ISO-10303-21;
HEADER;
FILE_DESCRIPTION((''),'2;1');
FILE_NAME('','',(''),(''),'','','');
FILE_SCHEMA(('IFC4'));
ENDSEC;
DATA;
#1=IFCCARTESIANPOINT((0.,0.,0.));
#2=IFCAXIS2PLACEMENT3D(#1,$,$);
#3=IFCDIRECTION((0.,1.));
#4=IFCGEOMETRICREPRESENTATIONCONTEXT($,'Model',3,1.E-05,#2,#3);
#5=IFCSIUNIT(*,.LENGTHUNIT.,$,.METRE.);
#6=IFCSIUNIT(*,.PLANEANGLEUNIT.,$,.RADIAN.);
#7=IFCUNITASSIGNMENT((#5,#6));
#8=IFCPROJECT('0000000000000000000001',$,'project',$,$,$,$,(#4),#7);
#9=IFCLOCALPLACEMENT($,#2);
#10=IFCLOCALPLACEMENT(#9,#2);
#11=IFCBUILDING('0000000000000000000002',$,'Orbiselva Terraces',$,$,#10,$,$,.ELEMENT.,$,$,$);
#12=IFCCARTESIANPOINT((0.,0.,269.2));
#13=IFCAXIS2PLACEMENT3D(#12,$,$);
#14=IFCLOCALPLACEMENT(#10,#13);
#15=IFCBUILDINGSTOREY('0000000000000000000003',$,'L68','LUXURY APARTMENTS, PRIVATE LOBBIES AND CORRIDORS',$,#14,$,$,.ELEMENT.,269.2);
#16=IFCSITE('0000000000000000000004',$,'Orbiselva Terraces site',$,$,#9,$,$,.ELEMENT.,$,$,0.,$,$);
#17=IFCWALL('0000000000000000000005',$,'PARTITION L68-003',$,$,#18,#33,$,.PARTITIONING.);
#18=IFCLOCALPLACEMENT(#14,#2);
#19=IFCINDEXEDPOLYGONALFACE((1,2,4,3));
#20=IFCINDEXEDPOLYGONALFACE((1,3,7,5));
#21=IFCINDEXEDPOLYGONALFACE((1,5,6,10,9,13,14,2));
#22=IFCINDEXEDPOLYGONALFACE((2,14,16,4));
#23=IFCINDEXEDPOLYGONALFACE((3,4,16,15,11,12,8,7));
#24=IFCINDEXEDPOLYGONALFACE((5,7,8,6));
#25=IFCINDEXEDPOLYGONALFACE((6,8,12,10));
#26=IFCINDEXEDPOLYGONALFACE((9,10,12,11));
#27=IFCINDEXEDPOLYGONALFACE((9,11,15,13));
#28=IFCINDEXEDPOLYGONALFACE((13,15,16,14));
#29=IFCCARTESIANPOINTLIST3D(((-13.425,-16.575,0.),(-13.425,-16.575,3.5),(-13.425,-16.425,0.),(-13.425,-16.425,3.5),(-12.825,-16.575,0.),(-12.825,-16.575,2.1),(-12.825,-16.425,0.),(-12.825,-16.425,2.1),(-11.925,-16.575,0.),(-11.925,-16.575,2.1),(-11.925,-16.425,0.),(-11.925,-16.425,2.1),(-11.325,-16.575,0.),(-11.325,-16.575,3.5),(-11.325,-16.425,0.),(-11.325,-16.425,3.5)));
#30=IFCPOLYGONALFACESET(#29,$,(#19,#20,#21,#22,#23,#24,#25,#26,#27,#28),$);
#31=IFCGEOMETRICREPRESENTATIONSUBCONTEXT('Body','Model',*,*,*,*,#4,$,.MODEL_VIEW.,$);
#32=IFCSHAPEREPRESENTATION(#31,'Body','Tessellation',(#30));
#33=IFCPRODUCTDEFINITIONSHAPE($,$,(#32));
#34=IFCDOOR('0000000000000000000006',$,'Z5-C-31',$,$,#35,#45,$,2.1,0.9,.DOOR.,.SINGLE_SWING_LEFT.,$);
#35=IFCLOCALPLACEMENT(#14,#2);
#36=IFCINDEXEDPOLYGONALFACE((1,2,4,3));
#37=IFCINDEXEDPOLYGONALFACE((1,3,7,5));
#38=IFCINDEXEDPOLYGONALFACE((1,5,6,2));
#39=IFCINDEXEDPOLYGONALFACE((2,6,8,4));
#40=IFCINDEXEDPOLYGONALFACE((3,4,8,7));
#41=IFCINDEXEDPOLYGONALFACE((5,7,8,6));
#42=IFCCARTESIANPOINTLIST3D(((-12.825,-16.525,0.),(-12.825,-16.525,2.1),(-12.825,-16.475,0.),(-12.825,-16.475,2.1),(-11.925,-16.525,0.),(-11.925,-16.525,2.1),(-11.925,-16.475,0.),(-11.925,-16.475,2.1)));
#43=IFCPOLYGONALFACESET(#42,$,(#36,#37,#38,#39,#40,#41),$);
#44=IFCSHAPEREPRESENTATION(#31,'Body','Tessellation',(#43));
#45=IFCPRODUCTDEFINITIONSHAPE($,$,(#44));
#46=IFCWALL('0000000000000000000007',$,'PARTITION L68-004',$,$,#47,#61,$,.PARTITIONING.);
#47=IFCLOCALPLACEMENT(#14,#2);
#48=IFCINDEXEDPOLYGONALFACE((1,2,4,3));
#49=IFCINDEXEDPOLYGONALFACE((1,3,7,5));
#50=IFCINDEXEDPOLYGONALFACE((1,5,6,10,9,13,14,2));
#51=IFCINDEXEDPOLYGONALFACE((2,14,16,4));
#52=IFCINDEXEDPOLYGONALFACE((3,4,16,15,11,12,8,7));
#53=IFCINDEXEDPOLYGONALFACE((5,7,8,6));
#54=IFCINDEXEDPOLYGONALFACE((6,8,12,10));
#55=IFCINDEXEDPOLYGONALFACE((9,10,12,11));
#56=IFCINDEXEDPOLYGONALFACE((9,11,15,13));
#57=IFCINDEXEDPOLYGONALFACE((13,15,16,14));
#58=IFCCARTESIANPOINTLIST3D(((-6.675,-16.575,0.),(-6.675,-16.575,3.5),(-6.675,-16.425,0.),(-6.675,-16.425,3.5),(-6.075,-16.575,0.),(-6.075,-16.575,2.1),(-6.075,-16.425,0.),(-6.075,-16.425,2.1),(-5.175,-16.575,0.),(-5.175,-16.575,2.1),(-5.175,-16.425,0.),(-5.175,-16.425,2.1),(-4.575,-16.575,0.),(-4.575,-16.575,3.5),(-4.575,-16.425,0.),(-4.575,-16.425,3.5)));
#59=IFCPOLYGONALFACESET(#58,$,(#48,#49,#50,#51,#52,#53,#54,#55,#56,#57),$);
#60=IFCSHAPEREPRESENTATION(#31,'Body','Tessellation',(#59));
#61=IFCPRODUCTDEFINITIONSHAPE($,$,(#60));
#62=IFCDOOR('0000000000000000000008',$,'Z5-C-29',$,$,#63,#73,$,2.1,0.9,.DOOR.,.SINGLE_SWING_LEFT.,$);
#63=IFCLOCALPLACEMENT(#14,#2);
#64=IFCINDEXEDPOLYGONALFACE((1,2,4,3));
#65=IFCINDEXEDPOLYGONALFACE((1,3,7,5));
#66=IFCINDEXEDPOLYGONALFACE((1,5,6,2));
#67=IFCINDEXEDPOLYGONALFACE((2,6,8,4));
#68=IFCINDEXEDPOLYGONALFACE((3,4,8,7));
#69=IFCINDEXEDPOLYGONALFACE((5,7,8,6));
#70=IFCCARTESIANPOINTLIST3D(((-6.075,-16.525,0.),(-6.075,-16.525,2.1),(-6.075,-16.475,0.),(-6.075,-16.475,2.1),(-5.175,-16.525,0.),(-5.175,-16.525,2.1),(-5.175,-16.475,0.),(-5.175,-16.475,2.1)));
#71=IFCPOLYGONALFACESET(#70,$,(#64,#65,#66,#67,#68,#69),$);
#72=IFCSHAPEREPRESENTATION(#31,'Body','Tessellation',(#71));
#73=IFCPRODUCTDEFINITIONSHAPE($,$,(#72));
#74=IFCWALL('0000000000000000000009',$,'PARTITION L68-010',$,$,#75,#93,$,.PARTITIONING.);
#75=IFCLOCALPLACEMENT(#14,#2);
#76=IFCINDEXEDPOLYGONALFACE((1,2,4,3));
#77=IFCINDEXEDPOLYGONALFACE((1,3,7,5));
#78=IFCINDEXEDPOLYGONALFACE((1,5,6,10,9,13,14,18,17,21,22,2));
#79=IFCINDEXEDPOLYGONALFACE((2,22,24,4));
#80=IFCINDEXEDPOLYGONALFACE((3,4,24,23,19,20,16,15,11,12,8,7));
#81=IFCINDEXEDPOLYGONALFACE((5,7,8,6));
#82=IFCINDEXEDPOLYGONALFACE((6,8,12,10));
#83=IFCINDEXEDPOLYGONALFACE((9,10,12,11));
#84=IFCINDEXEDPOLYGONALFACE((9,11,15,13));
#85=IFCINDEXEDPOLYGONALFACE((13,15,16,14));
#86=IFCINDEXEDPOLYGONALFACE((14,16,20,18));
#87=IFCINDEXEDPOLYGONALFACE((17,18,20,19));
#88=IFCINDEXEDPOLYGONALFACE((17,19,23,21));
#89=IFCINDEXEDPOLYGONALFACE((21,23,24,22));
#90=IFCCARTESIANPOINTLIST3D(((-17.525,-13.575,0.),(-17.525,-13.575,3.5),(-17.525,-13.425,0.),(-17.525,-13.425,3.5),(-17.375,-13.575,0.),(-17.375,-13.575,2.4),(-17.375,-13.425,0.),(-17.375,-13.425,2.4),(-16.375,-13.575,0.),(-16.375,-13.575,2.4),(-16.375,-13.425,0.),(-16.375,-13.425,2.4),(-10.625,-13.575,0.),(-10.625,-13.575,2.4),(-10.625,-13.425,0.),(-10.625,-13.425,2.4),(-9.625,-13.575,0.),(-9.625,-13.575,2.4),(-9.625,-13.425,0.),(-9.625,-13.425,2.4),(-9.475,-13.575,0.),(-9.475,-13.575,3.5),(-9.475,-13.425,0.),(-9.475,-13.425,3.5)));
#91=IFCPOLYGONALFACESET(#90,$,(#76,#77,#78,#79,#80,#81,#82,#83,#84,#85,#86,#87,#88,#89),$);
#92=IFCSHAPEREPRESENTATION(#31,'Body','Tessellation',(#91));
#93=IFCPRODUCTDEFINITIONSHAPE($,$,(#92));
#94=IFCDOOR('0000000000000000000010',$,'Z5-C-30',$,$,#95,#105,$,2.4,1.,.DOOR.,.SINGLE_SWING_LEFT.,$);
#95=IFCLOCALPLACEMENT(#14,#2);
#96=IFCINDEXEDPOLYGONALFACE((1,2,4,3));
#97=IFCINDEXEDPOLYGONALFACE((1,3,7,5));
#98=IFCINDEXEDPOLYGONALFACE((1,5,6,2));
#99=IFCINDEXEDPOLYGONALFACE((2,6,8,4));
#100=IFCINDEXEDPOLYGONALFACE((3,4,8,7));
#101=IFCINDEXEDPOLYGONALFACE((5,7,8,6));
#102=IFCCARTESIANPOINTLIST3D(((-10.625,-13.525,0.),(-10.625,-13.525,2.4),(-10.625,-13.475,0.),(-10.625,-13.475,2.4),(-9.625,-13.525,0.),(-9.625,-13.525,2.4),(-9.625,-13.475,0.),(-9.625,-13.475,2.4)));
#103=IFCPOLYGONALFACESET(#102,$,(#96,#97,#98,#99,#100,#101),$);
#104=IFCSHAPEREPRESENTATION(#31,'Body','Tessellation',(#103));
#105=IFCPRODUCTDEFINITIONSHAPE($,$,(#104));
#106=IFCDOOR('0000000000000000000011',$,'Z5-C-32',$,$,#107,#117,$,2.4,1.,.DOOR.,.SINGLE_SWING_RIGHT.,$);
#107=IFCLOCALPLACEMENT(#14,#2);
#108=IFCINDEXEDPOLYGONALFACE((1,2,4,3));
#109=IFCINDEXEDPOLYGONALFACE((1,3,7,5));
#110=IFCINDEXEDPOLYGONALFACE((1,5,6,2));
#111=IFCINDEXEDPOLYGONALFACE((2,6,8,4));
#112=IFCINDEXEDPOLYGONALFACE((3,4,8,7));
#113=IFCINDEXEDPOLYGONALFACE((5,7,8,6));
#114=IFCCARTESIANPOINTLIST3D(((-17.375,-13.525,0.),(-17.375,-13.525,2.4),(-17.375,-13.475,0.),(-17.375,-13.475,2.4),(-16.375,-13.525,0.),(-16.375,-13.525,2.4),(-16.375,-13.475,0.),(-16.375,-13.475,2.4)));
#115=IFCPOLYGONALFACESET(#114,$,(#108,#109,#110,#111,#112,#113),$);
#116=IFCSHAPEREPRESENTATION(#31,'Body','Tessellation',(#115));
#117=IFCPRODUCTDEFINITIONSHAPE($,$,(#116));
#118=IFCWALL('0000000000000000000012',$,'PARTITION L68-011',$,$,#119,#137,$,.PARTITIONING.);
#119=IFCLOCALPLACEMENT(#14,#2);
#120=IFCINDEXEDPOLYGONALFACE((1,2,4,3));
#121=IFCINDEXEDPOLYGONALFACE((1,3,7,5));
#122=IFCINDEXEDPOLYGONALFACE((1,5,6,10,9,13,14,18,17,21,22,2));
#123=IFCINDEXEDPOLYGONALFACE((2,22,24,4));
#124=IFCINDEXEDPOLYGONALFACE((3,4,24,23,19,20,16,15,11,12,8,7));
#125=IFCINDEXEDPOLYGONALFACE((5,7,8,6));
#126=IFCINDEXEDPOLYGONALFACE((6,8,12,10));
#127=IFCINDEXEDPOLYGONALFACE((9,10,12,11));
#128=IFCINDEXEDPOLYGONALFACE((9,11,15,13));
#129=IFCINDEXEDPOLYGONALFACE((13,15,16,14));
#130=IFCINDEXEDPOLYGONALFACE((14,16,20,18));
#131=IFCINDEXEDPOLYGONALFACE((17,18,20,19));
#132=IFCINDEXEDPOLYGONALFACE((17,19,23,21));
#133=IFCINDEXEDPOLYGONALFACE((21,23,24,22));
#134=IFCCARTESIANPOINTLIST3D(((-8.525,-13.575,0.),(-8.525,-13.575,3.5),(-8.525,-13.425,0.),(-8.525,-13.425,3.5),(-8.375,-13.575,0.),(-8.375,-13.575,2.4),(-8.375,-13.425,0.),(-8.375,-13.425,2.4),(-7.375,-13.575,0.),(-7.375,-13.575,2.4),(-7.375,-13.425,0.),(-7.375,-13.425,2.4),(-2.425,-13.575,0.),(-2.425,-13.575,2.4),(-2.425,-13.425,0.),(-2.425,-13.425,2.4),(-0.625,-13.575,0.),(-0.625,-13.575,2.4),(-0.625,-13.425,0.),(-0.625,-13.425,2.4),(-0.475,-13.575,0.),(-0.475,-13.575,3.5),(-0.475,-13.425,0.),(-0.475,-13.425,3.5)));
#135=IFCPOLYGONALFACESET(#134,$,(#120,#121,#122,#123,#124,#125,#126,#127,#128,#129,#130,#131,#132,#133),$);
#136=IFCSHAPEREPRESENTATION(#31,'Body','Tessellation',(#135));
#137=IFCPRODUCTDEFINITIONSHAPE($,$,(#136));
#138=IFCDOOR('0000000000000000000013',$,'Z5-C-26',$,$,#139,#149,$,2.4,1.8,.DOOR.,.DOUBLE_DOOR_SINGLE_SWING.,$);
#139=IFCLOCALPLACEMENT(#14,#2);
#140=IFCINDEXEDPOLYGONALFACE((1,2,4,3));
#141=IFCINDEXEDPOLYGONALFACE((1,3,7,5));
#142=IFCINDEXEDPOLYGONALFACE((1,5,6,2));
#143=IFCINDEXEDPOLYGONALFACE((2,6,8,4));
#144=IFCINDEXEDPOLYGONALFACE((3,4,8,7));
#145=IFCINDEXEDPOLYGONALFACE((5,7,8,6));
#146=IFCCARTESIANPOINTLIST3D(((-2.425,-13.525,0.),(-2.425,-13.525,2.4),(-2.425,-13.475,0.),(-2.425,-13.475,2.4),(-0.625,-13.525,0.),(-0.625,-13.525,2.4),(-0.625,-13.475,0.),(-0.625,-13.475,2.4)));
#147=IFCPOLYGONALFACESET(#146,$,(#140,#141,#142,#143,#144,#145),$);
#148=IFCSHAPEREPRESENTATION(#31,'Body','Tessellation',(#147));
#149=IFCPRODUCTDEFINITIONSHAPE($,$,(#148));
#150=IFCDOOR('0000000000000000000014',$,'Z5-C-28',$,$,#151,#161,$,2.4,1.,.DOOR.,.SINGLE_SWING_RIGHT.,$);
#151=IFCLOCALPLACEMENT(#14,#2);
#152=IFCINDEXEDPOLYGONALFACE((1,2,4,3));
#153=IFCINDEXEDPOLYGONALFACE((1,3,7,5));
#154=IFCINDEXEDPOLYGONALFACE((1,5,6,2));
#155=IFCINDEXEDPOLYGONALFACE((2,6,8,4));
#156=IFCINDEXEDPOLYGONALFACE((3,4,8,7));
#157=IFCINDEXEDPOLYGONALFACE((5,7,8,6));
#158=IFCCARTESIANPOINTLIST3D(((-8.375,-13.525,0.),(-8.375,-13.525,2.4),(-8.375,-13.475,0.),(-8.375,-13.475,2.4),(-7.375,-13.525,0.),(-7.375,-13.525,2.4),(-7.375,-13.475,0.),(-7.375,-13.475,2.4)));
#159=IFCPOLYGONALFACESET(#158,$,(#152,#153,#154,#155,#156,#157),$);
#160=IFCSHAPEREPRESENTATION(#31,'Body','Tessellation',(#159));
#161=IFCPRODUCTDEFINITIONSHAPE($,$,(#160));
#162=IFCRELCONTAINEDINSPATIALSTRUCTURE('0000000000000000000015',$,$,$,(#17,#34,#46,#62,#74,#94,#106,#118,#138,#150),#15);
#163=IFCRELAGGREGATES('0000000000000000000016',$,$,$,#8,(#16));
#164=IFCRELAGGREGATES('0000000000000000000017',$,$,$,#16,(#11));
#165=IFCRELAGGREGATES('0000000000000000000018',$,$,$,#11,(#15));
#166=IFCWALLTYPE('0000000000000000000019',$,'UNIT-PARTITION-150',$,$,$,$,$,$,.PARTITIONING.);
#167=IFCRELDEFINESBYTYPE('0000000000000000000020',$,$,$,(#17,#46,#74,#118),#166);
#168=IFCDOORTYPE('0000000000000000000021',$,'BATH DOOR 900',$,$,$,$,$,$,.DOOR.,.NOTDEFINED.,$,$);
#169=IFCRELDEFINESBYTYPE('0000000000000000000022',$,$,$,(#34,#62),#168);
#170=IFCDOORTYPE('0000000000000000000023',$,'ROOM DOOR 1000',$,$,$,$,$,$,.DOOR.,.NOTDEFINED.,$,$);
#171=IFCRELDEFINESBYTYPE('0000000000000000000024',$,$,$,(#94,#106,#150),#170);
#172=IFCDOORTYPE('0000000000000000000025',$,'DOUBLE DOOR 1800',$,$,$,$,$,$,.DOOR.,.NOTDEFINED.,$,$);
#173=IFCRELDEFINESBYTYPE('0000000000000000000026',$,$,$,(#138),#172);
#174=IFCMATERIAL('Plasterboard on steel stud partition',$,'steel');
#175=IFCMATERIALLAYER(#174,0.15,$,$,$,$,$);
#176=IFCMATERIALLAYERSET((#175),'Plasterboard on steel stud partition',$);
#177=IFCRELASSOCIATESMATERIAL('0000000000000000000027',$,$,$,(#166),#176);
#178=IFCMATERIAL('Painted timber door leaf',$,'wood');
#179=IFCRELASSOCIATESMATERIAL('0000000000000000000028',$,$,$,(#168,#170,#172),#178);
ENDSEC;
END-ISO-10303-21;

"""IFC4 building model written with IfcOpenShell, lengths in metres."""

from ifc_helpers import new_model, si_unit, direction, frame, frame_2d, origin, place, context, subcontext, project, spatial, rectangle, extrude, material, layer, layer_set, type_object, element, fill, save


model = new_model("IFC4")

# Units and contexts
model_context = context("Model", 3, precision=1e-05, world=origin(), true_north=direction((0.0, 1.0)))
body_context = subcontext(model_context, "Body", "Model", "MODEL_VIEW")
ifc_project = project(units=[si_unit("LENGTHUNIT", "METRE"), si_unit("PLANEANGLEUNIT", "RADIAN")], contexts=[model_context])

# Site, building, storey
site_placement = place(None, origin())
site = spatial("IfcSite", under=ifc_project, at=site_placement, Name="Orbiselva Terraces site", CompositionType="ELEMENT", RefElevation=0.0)
building_placement = place(site_placement, origin())
building = spatial("IfcBuilding", under=site, at=building_placement, Name="Orbiselva Terraces", CompositionType="ELEMENT")
storey_placement = place(building_placement, frame((0.0, 0.0, 269.2)))
storey = spatial("IfcBuildingStorey", under=building, at=storey_placement, Name="L68", Description="LUXURY APARTMENTS, PRIVATE LOBBIES AND CORRIDORS", CompositionType="ELEMENT", Elevation=269.2)

# Walls, openings, doors
ifc_material_1 = material(Name="Plasterboard on steel stud partition", Category="steel")
ifc_layer_1 = layer(ifc_material_1, 0.15)
ifc_layer_set_1 = layer_set([ifc_layer_1], Name="Plasterboard on steel stud partition")
wall_type_1 = type_object("IfcWallType", Name="UNIT-PARTITION-150", PredefinedType="PARTITIONING", material=ifc_layer_set_1)
wall_1_placement = place(storey_placement, frame((-13.425, -16.5, 0.0), z_axis=(0.0, 0.0, 1.0), x_axis=(1.0, 0.0, 0.0)))
wall_1 = element("IfcWall", 1, at=wall_1_placement, inside=storey, type_object=wall_type_1, Name="PARTITION L68-003", PredefinedType="PARTITIONING", context=body_context, shape_type="SweptSolid", body=[
    extrude(rectangle(XDim=2.1, YDim=0.15, at=frame_2d((1.05, 0.0))), origin(), (0.0, 0.0, 1.0), 3.5),
])
opening_1_placement = place(wall_1_placement, frame((0.6, 0.0, 0.0)))
opening_1 = element("IfcOpeningElement", 2, at=opening_1_placement, cuts=wall_1, PredefinedType="OPENING", context=body_context, shape_type="SweptSolid", body=[
    extrude(rectangle(XDim=0.9, YDim=2.1, at=frame_2d((0.45, 1.05))), frame((0.0, 0.085, 0.0), z_axis=(0.0, -1.0, 0.0), x_axis=(1.0, 0.0, 0.0)), (0.0, 0.0, 1.0), 0.17),
])
ifc_material_2 = material(Name="Painted timber door leaf", Category="wood")
door_type_1 = type_object("IfcDoorType", Name="BATH DOOR 900", OperationType="NOTDEFINED", PredefinedType="DOOR", material=ifc_material_2)
door_1_placement = place(opening_1_placement, origin())
door_1 = element("IfcDoor", 3, at=door_1_placement, inside=storey, type_object=door_type_1, Name="Z5-C-31", OperationType="SINGLE_SWING_LEFT", OverallHeight=2.1, OverallWidth=0.9, PredefinedType="DOOR", context=body_context, shape_type="SweptSolid", body=[
    extrude(rectangle(XDim=0.9, YDim=2.1, at=frame_2d((0.45, 1.05))), frame((0.0, 0.025, 0.0), z_axis=(0.0, -1.0, 0.0), x_axis=(1.0, 0.0, 0.0)), (0.0, 0.0, 1.0), 0.05),
])
fill(opening_1, door_1)
wall_2_placement = place(storey_placement, frame((-6.675, -16.5, 0.0), z_axis=(0.0, 0.0, 1.0), x_axis=(1.0, 0.0, 0.0)))
wall_2 = element("IfcWall", 4, at=wall_2_placement, inside=storey, type_object=wall_type_1, Name="PARTITION L68-004", PredefinedType="PARTITIONING", context=body_context, shape_type="SweptSolid", body=[
    extrude(rectangle(XDim=2.1, YDim=0.15, at=frame_2d((1.05, 0.0))), origin(), (0.0, 0.0, 1.0), 3.5),
])
opening_2_placement = place(wall_2_placement, frame((0.6, 0.0, 0.0)))
opening_2 = element("IfcOpeningElement", 5, at=opening_2_placement, cuts=wall_2, PredefinedType="OPENING", context=body_context, shape_type="SweptSolid", body=[
    extrude(rectangle(XDim=0.9, YDim=2.1, at=frame_2d((0.45, 1.05))), frame((0.0, 0.085, 0.0), z_axis=(0.0, -1.0, 0.0), x_axis=(1.0, 0.0, 0.0)), (0.0, 0.0, 1.0), 0.17),
])
door_2_placement = place(opening_2_placement, origin())
door_2 = element("IfcDoor", 6, at=door_2_placement, inside=storey, type_object=door_type_1, Name="Z5-C-29", OperationType="SINGLE_SWING_LEFT", OverallHeight=2.1, OverallWidth=0.9, PredefinedType="DOOR", context=body_context, shape_type="SweptSolid", body=[
    extrude(rectangle(XDim=0.9, YDim=2.1, at=frame_2d((0.45, 1.05))), frame((0.0, 0.025, 0.0), z_axis=(0.0, -1.0, 0.0), x_axis=(1.0, 0.0, 0.0)), (0.0, 0.0, 1.0), 0.05),
])
fill(opening_2, door_2)

# Walls, openings, doors
wall_3_placement = place(storey_placement, frame((-9.475, -13.5, 0.0), z_axis=(0.0, 0.0, 1.0), x_axis=(-1.0, 0.0, 0.0)))
wall_3 = element("IfcWall", 7, at=wall_3_placement, inside=storey, type_object=wall_type_1, Name="PARTITION L68-010", PredefinedType="PARTITIONING", context=body_context, shape_type="SweptSolid", body=[
    extrude(rectangle(XDim=8.05, YDim=0.15, at=frame_2d((4.025, 0.0))), origin(), (0.0, 0.0, 1.0), 3.5),
])
opening_3_placement = place(wall_3_placement, frame((0.15, 0.0, 0.0)))
opening_3 = element("IfcOpeningElement", 8, at=opening_3_placement, cuts=wall_3, PredefinedType="OPENING", context=body_context, shape_type="SweptSolid", body=[
    extrude(rectangle(XDim=1.0, YDim=2.4, at=frame_2d((0.5, 1.2))), frame((0.0, 0.085, 0.0), z_axis=(0.0, -1.0, 0.0), x_axis=(1.0, 0.0, 0.0)), (0.0, 0.0, 1.0), 0.17),
])
opening_4_placement = place(wall_3_placement, frame((6.9, 0.0, 0.0)))
opening_4 = element("IfcOpeningElement", 9, at=opening_4_placement, cuts=wall_3, PredefinedType="OPENING", context=body_context, shape_type="SweptSolid", body=[
    extrude(rectangle(XDim=1.0, YDim=2.4, at=frame_2d((0.5, 1.2))), frame((0.0, 0.085, 0.0), z_axis=(0.0, -1.0, 0.0), x_axis=(1.0, 0.0, 0.0)), (0.0, 0.0, 1.0), 0.17),
])
door_type_2 = type_object("IfcDoorType", Name="ROOM DOOR 1000", OperationType="NOTDEFINED", PredefinedType="DOOR", material=ifc_material_2)
door_3_placement = place(opening_3_placement, origin())
door_3 = element("IfcDoor", 10, at=door_3_placement, inside=storey, type_object=door_type_2, Name="Z5-C-30", OperationType="SINGLE_SWING_LEFT", OverallHeight=2.4, OverallWidth=1.0, PredefinedType="DOOR", context=body_context, shape_type="SweptSolid", body=[
    extrude(rectangle(XDim=1.0, YDim=2.4, at=frame_2d((0.5, 1.2))), frame((0.0, 0.025, 0.0), z_axis=(0.0, -1.0, 0.0), x_axis=(1.0, 0.0, 0.0)), (0.0, 0.0, 1.0), 0.05),
])
fill(opening_3, door_3)
door_4_placement = place(opening_4_placement, origin())
door_4 = element("IfcDoor", 11, at=door_4_placement, inside=storey, type_object=door_type_2, Name="Z5-C-32", OperationType="SINGLE_SWING_RIGHT", OverallHeight=2.4, OverallWidth=1.0, PredefinedType="DOOR", context=body_context, shape_type="SweptSolid", body=[
    extrude(rectangle(XDim=1.0, YDim=2.4, at=frame_2d((0.5, 1.2))), frame((0.0, 0.025, 0.0), z_axis=(0.0, -1.0, 0.0), x_axis=(1.0, 0.0, 0.0)), (0.0, 0.0, 1.0), 0.05),
])
fill(opening_4, door_4)
wall_4_placement = place(storey_placement, frame((-0.475, -13.5, 0.0), z_axis=(0.0, 0.0, 1.0), x_axis=(-1.0, 0.0, 0.0)))
wall_4 = element("IfcWall", 12, at=wall_4_placement, inside=storey, type_object=wall_type_1, Name="PARTITION L68-011", PredefinedType="PARTITIONING", context=body_context, shape_type="SweptSolid", body=[
    extrude(rectangle(XDim=8.05, YDim=0.15, at=frame_2d((4.025, 0.0))), origin(), (0.0, 0.0, 1.0), 3.5),
])
opening_5_placement = place(wall_4_placement, frame((0.15, 0.0, 0.0)))
opening_5 = element("IfcOpeningElement", 13, at=opening_5_placement, cuts=wall_4, PredefinedType="OPENING", context=body_context, shape_type="SweptSolid", body=[
    extrude(rectangle(XDim=1.8, YDim=2.4, at=frame_2d((0.9, 1.2))), frame((0.0, 0.085, 0.0), z_axis=(0.0, -1.0, 0.0), x_axis=(1.0, 0.0, 0.0)), (0.0, 0.0, 1.0), 0.17),
])
opening_6_placement = place(wall_4_placement, frame((6.9, 0.0, 0.0)))
opening_6 = element("IfcOpeningElement", 14, at=opening_6_placement, cuts=wall_4, PredefinedType="OPENING", context=body_context, shape_type="SweptSolid", body=[
    extrude(rectangle(XDim=1.0, YDim=2.4, at=frame_2d((0.5, 1.2))), frame((0.0, 0.085, 0.0), z_axis=(0.0, -1.0, 0.0), x_axis=(1.0, 0.0, 0.0)), (0.0, 0.0, 1.0), 0.17),
])
door_type_3 = type_object("IfcDoorType", Name="DOUBLE DOOR 1800", OperationType="NOTDEFINED", PredefinedType="DOOR", material=ifc_material_2)
door_5_placement = place(opening_5_placement, origin())
door_5 = element("IfcDoor", 15, at=door_5_placement, inside=storey, type_object=door_type_3, Name="Z5-C-26", OperationType="DOUBLE_DOOR_SINGLE_SWING", OverallHeight=2.4, OverallWidth=1.8, PredefinedType="DOOR", context=body_context, shape_type="SweptSolid", body=[
    extrude(rectangle(XDim=1.8, YDim=2.4, at=frame_2d((0.9, 1.2))), frame((0.0, 0.025, 0.0), z_axis=(0.0, -1.0, 0.0), x_axis=(1.0, 0.0, 0.0)), (0.0, 0.0, 1.0), 0.05),
])
fill(opening_5, door_5)
door_6_placement = place(opening_6_placement, origin())
door_6 = element("IfcDoor", 16, at=door_6_placement, inside=storey, type_object=door_type_2, Name="Z5-C-28", OperationType="SINGLE_SWING_RIGHT", OverallHeight=2.4, OverallWidth=1.0, PredefinedType="DOOR", context=body_context, shape_type="SweptSolid", body=[
    extrude(rectangle(XDim=1.0, YDim=2.4, at=frame_2d((0.5, 1.2))), frame((0.0, 0.025, 0.0), z_axis=(0.0, -1.0, 0.0), x_axis=(1.0, 0.0, 0.0)), (0.0, 0.0, 1.0), 0.05),
])
fill(opening_6, door_6)

save(model, "model.ifc")
